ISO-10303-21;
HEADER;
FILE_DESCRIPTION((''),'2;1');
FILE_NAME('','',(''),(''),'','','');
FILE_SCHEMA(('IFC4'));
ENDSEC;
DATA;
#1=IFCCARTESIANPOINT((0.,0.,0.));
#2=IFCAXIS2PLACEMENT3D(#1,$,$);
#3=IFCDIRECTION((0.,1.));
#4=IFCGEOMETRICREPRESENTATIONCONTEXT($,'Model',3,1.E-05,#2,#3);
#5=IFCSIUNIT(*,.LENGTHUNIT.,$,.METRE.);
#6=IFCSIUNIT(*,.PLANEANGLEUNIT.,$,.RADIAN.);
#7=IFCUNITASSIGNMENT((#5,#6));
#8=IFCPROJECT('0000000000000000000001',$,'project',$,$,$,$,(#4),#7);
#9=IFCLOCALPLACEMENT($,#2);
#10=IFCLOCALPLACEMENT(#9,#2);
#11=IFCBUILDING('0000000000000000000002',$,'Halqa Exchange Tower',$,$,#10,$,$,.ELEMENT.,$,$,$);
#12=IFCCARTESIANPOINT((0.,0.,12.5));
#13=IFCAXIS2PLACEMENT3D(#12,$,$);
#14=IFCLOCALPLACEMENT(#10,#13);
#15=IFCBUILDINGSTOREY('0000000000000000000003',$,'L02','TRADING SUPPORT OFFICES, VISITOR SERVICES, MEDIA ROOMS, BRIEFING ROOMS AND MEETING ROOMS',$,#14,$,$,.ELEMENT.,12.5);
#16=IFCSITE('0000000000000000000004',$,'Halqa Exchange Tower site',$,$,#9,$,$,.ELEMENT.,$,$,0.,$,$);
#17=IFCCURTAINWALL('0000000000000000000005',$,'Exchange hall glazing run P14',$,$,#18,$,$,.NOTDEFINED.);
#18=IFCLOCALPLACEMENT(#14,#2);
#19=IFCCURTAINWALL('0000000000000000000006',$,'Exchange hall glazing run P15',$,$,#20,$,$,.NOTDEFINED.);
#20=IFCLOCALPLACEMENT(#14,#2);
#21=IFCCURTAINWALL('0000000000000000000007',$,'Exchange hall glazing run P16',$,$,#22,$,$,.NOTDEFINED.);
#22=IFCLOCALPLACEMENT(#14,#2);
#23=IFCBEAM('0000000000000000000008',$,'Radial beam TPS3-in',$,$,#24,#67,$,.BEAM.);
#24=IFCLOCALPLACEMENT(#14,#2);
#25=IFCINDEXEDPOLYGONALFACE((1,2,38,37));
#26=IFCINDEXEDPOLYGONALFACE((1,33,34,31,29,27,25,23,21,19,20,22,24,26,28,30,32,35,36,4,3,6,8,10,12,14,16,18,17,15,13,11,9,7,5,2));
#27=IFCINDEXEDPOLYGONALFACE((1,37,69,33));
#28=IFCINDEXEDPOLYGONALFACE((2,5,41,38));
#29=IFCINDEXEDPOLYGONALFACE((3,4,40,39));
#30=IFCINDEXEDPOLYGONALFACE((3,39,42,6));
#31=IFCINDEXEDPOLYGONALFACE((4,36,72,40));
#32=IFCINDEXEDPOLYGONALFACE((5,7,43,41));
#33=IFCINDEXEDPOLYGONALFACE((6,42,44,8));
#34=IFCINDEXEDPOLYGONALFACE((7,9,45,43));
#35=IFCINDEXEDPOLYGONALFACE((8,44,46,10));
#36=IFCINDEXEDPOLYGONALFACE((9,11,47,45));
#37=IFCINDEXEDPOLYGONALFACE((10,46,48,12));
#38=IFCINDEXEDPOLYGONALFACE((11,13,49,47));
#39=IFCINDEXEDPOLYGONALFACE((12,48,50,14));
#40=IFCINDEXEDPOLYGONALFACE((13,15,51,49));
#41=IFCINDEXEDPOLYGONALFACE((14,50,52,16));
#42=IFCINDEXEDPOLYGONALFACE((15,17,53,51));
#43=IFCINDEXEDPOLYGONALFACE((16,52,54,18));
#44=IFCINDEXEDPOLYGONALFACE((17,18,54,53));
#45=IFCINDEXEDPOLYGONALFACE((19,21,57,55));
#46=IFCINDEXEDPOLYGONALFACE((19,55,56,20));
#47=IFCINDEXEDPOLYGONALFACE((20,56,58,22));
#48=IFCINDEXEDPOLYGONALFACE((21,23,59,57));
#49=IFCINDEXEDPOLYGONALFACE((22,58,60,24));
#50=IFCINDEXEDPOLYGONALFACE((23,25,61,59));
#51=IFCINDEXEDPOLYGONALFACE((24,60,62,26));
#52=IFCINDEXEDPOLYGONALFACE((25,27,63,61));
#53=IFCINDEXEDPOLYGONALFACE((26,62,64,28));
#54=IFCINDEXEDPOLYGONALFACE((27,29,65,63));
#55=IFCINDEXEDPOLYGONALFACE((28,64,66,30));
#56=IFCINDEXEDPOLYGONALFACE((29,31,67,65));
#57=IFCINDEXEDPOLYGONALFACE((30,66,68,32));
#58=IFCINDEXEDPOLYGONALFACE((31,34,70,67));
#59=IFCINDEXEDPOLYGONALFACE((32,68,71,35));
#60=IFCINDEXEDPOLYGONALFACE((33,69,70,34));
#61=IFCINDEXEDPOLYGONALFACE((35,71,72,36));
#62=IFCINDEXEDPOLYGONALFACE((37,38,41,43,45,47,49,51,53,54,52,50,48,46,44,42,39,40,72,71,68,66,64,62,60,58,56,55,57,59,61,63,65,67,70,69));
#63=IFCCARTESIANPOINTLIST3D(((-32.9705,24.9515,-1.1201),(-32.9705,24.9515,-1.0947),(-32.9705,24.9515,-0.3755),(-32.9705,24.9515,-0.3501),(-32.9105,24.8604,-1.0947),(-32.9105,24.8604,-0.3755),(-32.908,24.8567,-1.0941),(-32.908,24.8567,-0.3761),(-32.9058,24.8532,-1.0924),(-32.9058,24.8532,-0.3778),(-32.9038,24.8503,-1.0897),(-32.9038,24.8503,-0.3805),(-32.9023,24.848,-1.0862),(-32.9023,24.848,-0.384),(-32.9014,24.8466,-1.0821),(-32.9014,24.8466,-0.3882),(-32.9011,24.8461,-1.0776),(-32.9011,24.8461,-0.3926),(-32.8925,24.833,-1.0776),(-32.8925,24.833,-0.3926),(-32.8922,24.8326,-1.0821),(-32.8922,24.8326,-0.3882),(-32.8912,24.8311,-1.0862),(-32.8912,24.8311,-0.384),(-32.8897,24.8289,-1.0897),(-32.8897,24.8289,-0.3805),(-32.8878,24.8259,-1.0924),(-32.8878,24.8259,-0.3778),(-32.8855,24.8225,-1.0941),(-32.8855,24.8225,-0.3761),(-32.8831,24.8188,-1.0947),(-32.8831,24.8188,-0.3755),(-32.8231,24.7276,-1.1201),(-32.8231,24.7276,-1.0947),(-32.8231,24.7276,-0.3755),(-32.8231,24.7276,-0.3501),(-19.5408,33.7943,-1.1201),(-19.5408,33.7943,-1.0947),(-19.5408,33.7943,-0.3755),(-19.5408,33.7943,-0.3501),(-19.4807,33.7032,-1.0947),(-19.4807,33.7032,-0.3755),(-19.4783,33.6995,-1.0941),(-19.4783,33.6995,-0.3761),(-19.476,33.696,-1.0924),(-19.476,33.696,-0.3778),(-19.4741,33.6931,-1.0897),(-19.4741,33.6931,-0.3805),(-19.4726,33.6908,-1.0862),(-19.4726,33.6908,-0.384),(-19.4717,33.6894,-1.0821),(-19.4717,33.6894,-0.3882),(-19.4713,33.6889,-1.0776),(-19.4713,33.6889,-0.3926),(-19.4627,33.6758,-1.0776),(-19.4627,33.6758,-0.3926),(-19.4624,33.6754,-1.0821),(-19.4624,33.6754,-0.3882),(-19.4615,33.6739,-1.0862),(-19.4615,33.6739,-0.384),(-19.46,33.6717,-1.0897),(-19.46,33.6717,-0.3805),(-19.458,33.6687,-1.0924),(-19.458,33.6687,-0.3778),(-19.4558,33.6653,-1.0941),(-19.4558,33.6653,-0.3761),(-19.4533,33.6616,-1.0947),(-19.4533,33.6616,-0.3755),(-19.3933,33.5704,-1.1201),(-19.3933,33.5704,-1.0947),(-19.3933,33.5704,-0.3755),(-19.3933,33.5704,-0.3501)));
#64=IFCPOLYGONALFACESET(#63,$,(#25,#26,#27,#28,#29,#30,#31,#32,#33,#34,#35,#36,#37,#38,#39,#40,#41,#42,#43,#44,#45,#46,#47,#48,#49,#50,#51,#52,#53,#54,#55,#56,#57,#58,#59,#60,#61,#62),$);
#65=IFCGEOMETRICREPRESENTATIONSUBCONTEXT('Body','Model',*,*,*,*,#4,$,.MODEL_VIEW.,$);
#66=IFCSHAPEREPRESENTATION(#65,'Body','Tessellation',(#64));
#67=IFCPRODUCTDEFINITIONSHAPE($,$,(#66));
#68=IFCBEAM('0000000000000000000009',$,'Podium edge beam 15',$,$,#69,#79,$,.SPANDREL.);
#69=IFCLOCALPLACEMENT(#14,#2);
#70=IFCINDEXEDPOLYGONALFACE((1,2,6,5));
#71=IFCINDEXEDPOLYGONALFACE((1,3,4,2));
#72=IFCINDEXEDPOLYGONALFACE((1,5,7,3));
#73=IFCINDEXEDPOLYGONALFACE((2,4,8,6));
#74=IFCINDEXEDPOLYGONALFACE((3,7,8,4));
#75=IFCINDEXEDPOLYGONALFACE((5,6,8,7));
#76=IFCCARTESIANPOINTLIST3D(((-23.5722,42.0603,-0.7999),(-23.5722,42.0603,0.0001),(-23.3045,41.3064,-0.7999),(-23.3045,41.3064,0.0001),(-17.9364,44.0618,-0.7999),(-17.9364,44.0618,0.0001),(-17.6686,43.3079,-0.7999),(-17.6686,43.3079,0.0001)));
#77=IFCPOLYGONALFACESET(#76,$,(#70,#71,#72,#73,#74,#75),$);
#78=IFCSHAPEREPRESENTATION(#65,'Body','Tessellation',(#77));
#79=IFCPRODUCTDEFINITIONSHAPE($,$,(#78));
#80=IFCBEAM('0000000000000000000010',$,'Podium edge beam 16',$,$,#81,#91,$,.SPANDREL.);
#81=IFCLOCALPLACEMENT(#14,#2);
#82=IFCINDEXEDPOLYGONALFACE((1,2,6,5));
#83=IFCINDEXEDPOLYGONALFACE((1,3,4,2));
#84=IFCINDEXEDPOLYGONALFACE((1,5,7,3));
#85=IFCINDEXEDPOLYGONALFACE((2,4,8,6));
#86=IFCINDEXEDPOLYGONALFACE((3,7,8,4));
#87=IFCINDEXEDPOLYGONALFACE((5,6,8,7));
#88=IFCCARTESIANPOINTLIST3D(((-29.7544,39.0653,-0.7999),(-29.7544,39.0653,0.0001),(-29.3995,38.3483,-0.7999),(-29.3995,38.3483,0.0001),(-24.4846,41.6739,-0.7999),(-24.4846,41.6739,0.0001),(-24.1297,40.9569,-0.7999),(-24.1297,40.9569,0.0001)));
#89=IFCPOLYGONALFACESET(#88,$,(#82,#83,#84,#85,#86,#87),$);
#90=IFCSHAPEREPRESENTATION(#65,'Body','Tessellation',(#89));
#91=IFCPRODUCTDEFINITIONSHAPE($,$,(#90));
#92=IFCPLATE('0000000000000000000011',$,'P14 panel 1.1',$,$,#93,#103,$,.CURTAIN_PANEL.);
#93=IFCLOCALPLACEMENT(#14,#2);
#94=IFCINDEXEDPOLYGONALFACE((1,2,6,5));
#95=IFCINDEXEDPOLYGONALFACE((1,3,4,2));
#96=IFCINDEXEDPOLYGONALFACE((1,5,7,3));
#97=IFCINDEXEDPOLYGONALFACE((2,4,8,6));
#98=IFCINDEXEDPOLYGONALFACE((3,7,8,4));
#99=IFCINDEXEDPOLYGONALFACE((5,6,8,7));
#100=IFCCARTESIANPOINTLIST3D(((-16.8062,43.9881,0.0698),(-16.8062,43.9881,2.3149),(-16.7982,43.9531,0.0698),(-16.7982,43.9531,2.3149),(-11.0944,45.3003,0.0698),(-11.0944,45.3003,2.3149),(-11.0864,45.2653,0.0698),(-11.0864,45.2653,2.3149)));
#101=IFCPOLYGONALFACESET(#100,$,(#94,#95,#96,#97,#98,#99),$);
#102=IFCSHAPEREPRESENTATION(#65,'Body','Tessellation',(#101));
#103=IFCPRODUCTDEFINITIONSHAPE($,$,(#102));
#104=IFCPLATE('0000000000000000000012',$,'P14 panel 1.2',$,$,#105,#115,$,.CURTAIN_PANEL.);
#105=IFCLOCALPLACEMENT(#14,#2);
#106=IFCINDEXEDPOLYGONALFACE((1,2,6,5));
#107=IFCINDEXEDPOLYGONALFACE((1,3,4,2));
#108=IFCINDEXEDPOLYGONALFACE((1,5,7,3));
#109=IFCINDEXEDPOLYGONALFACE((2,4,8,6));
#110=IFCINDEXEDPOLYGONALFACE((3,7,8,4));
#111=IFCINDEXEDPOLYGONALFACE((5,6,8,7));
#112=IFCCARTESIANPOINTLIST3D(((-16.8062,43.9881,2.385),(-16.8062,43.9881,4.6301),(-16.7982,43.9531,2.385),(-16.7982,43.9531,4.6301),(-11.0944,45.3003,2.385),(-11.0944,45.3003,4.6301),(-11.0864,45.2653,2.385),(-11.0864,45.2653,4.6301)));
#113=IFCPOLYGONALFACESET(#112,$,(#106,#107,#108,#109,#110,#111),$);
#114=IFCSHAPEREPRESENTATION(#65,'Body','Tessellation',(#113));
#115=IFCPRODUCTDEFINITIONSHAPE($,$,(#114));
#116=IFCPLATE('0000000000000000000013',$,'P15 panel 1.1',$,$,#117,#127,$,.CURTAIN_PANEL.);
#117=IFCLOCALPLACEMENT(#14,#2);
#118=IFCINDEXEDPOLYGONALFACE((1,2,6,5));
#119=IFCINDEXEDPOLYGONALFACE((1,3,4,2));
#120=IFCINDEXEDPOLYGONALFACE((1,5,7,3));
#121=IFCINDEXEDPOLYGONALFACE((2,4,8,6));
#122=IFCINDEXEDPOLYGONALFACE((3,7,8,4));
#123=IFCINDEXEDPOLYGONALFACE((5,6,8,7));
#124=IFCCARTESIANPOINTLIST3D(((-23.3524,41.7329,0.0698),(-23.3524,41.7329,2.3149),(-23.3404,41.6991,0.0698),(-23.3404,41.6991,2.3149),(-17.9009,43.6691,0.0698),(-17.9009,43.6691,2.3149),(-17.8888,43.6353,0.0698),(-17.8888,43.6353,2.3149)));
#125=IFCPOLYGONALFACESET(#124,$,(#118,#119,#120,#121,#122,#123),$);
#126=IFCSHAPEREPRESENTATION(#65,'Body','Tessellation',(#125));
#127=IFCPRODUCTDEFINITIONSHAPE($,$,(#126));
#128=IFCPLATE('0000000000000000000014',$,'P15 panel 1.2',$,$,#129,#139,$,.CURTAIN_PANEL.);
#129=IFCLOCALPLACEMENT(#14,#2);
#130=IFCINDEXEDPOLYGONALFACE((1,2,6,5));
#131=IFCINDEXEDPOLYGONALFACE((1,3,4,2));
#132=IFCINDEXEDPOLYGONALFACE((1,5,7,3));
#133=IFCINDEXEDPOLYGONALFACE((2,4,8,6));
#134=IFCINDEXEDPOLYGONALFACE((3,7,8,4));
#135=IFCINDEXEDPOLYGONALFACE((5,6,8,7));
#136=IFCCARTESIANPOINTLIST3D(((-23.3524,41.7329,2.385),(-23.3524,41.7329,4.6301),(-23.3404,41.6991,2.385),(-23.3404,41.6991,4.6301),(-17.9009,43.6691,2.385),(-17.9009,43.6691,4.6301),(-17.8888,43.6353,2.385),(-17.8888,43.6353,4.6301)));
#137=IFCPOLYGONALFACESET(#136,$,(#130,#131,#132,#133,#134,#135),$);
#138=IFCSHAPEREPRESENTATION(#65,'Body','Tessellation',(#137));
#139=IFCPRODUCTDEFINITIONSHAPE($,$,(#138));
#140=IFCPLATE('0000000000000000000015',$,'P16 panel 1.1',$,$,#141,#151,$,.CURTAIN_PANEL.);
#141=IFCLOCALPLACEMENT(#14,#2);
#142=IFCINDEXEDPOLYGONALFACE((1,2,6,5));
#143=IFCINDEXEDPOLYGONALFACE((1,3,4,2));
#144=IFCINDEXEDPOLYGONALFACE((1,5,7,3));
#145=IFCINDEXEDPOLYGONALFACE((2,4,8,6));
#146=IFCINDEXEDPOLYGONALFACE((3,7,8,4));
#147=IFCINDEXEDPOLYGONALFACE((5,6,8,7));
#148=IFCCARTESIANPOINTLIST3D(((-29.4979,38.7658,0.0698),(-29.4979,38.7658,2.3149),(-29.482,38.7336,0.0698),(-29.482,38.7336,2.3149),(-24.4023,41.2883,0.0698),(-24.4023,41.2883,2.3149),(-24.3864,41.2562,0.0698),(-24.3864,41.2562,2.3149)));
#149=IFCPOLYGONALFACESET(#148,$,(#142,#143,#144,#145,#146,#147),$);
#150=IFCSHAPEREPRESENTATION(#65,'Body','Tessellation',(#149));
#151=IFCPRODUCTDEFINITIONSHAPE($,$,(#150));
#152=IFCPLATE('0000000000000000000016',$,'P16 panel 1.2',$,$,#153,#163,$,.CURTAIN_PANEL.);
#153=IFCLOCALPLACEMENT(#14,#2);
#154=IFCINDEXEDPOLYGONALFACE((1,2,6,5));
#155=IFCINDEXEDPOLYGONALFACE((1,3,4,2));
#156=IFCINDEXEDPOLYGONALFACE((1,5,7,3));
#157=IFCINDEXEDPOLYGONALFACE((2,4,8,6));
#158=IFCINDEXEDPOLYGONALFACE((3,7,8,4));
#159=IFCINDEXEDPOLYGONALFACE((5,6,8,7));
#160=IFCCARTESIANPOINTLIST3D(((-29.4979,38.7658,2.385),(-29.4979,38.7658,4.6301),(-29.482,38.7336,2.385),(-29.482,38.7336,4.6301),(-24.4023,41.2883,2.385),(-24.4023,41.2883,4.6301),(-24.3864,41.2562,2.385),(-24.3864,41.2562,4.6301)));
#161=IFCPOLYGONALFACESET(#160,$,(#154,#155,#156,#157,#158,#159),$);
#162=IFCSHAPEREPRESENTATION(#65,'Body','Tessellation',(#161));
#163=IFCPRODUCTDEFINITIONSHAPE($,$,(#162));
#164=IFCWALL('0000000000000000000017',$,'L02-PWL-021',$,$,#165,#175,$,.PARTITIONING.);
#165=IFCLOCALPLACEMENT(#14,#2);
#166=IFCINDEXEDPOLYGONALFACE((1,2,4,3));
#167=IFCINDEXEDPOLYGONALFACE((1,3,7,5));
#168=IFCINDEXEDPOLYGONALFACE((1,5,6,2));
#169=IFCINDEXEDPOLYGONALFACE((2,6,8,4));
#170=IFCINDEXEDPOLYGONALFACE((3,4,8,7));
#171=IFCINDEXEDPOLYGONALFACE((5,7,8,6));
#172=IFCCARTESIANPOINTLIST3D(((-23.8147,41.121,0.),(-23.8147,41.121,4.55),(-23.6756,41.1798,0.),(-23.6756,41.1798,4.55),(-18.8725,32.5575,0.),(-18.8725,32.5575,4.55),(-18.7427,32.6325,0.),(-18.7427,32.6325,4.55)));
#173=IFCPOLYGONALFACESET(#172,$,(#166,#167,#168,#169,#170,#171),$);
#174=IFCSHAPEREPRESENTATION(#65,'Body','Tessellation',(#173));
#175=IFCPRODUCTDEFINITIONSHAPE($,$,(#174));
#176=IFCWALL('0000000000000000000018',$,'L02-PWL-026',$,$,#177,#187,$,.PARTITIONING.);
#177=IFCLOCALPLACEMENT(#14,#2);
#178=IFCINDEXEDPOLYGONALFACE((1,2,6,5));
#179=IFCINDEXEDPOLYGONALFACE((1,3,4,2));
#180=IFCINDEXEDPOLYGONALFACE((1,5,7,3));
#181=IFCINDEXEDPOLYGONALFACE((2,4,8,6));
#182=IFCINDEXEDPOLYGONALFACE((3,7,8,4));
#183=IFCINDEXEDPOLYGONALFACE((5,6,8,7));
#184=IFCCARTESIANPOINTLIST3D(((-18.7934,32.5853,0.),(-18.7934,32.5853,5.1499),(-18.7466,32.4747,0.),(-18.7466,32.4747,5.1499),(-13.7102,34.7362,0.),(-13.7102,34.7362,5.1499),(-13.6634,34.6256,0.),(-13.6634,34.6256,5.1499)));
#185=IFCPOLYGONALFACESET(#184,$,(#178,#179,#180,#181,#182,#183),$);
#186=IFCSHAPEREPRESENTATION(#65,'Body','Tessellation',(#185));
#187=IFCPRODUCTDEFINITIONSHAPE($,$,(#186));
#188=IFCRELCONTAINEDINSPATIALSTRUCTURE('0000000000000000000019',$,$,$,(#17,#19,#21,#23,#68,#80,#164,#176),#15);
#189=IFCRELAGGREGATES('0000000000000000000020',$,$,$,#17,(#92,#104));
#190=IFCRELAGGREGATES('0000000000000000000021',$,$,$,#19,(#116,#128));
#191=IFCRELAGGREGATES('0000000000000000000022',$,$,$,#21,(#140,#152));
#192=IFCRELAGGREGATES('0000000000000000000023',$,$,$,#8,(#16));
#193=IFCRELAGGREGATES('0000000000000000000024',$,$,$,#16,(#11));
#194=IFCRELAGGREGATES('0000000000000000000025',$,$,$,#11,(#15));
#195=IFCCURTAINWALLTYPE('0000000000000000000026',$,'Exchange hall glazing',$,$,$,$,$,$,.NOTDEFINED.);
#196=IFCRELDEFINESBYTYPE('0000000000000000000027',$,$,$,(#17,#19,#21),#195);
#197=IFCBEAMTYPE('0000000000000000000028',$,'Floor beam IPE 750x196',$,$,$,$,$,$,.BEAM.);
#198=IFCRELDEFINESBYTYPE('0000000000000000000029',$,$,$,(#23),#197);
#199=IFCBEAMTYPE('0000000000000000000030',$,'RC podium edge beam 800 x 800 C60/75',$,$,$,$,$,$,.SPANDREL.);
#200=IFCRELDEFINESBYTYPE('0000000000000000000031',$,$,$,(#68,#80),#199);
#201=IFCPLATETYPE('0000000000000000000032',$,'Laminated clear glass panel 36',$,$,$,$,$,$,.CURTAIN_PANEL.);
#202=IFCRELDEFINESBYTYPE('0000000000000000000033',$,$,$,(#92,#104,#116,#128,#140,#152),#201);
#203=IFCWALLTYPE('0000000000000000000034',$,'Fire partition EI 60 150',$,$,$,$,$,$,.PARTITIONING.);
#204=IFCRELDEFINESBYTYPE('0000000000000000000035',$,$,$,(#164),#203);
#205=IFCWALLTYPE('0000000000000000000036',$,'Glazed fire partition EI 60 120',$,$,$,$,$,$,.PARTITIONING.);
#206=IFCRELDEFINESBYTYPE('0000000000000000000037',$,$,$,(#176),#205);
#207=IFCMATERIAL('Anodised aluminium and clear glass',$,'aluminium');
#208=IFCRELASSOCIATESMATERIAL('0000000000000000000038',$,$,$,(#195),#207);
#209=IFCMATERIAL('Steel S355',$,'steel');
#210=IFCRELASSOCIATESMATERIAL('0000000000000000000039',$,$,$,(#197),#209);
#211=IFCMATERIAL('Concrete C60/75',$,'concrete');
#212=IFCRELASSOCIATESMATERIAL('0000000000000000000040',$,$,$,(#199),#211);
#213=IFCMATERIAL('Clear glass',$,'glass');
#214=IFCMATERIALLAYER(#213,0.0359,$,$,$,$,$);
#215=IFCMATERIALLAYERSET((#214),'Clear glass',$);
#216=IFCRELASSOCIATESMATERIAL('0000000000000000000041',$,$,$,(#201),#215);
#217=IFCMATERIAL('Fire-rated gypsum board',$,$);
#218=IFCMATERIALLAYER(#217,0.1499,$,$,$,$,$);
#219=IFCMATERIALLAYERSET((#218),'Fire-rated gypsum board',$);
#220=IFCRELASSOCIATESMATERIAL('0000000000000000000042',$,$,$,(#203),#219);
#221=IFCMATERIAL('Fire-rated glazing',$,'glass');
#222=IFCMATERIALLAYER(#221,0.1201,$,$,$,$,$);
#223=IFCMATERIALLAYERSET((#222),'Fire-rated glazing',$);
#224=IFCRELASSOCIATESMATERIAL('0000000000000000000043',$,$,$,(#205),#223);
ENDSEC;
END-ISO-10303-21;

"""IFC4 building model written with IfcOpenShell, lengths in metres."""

from ifc_helpers import new_model, si_unit, direction, frame, frame_2d, origin, origin_2d, place, context, subcontext, project, spatial, polyline, rectangle, i_section, outline, extrude, material, layer, layer_set, material_profile, profile_set, type_object, element, aggregate, save


model = new_model("IFC4")

# Units and contexts
model_context = context("Model", 3, precision=1e-05, world=origin(), true_north=direction((0.0, 1.0)))
body_context = subcontext(model_context, "Body", "Model", "MODEL_VIEW")
ifc_project = project(units=[si_unit("LENGTHUNIT", "METRE"), si_unit("PLANEANGLEUNIT", "RADIAN")], contexts=[model_context])

# Site, building, storey
site_placement = place(None, origin())
site = spatial("IfcSite", under=ifc_project, at=site_placement, Name="Halqa Exchange Tower site", CompositionType="ELEMENT", RefElevation=0.0)
building_placement = place(site_placement, origin())
building = spatial("IfcBuilding", under=site, at=building_placement, Name="Halqa Exchange Tower", CompositionType="ELEMENT")
storey_placement = place(building_placement, frame((0.0, 0.0, 12.5)))
storey = spatial("IfcBuildingStorey", under=building, at=storey_placement, Name="L02", Description="TRADING SUPPORT OFFICES, VISITOR SERVICES, MEDIA ROOMS, BRIEFING ROOMS AND MEETING ROOMS", CompositionType="ELEMENT", Elevation=12.5)

# Shared definitions
ifc_material_1 = material(Name="Concrete C60/75", Category="concrete")

# Curtain wall
ifc_material_2 = material(Name="Anodised aluminium and clear glass", Category="aluminium")
curtain_wall_type = type_object("IfcCurtainWallType", Name="Exchange hall glazing", PredefinedType="NOTDEFINED", material=ifc_material_2)
curtain_wall_1_placement = place(storey_placement, origin())
curtain_wall_1 = element("IfcCurtainWall", 1, at=curtain_wall_1_placement, inside=storey, type_object=curtain_wall_type, Name="Exchange hall glazing run P14", PredefinedType="NOTDEFINED")

# Curtain wall
curtain_wall_2_placement = place(storey_placement, origin())
curtain_wall_2 = element("IfcCurtainWall", 2, at=curtain_wall_2_placement, inside=storey, type_object=curtain_wall_type, Name="Exchange hall glazing run P15", PredefinedType="NOTDEFINED")

# Curtain wall
curtain_wall_3_placement = place(storey_placement, origin())
curtain_wall_3 = element("IfcCurtainWall", 3, at=curtain_wall_3_placement, inside=storey, type_object=curtain_wall_type, Name="Exchange hall glazing run P16", PredefinedType="NOTDEFINED")

# Beams
ifc_material_3 = material(Name="Steel S355", Category="steel")
ifc_material_profile_1 = material_profile(ifc_material_3, i_section(OverallWidth=0.2681, OverallDepth=0.77, WebThickness=0.0156, FlangeThickness=0.0254, FilletRadius=0.0171, at=origin_2d()), Name="IPE 750x196")
ifc_profile_set_1 = profile_set([ifc_material_profile_1], Name="Steel S355")
beam_type_1 = type_object("IfcBeamType", Name="Floor beam IPE 750x196", PredefinedType="BEAM", material=ifc_profile_set_1)
beam_1_placement = place(storey_placement, frame((-19.467, 33.6824, -0.7351), z_axis=(-0.835204, -0.54994, 0.0), x_axis=(0.54994, -0.835204, 0.0)))
element("IfcBeam", 4, at=beam_1_placement, inside=storey, type_object=beam_type_1, Name="Radial beam TPS3-in", PredefinedType="BEAM", context=body_context, shape_type="SweptSolid", body=[
    extrude(i_section(OverallWidth=0.2681, OverallDepth=0.77, WebThickness=0.0156, FlangeThickness=0.0254, FilletRadius=0.0171, at=origin_2d()), origin(), (0.0, 0.0, 1.0), 16.0796),
])
ifc_material_profile_2 = material_profile(ifc_material_1, rectangle(XDim=0.8, YDim=0.8, at=origin_2d()), Name="800 x 800")
ifc_profile_set_2 = profile_set([ifc_material_profile_2], Name="Concrete C60/75")
beam_type_2 = type_object("IfcBeamType", Name="RC podium edge beam 800 x 800 C60/75", PredefinedType="SPANDREL", material=ifc_profile_set_2)
beam_2_placement = place(storey_placement, frame((-17.8025, 43.6848, -0.3999), z_axis=(-0.942343, -0.334647, 0.0), x_axis=(0.334647, -0.942343, 0.0)))
element("IfcBeam", 5, at=beam_2_placement, inside=storey, type_object=beam_type_2, Name="Podium edge beam 15", PredefinedType="SPANDREL", context=body_context, shape_type="SweptSolid", body=[
    extrude(rectangle(XDim=0.8, YDim=0.8, at=origin_2d()), origin(), (0.0, 0.0, 1.0), 5.9807),
])
beam_3_placement = place(storey_placement, frame((-24.3071, 41.3154, -0.3999), z_axis=(-0.896205, -0.443639, 0.0), x_axis=(0.443639, -0.896205, 0.0)))
element("IfcBeam", 6, at=beam_3_placement, inside=storey, type_object=beam_type_2, Name="Podium edge beam 16", PredefinedType="SPANDREL", context=body_context, shape_type="SweptSolid", body=[
    extrude(rectangle(XDim=0.8, YDim=0.8, at=origin_2d()), origin(), (0.0, 0.0, 1.0), 5.8801),
])

# Plates
ifc_material_4 = material(Name="Clear glass", Category="glass")
ifc_layer_1 = layer(ifc_material_4, 0.0359)
ifc_layer_set_1 = layer_set([ifc_layer_1], Name="Clear glass")
plate_type = type_object("IfcPlateType", Name="Laminated clear glass panel 36", PredefinedType="CURTAIN_PANEL", material=ifc_layer_set_1)
plate_1_placement = place(storey_placement, frame((-13.9463, 44.6267, 0.0698), z_axis=(0.0, 0.0, 1.0), x_axis=(-0.974613, -0.223897, 0.0)))
plate_1 = element("IfcPlate", 7, at=plate_1_placement, type_object=plate_type, Name="P14 panel 1.1", PredefinedType="CURTAIN_PANEL", context=body_context, shape_type="SweptSolid", body=[
    extrude(rectangle(XDim=5.8606, YDim=0.0359, at=origin_2d()), origin(), (0.0, 0.0, 1.0), 2.2451),
])
plate_2_placement = place(storey_placement, frame((-13.9463, 44.6267, 2.385), z_axis=(0.0, 0.0, 1.0), x_axis=(-0.974613, -0.223897, 0.0)))
plate_2 = element("IfcPlate", 8, at=plate_2_placement, type_object=plate_type, Name="P14 panel 1.2", PredefinedType="CURTAIN_PANEL", context=body_context, shape_type="SweptSolid", body=[
    extrude(rectangle(XDim=5.8606, YDim=0.0359, at=origin_2d()), origin(), (0.0, 0.0, 1.0), 2.2451),
])
aggregate(curtain_wall_1, [plate_1, plate_2])
plate_3_placement = place(storey_placement, frame((-20.6206, 42.6841, 0.0698), z_axis=(0.0, 0.0, 1.0), x_axis=(-0.942329, -0.334688, 0.0)))
plate_3 = element("IfcPlate", 9, at=plate_3_placement, type_object=plate_type, Name="P15 panel 1.1", PredefinedType="CURTAIN_PANEL", context=body_context, shape_type="SweptSolid", body=[
    extrude(rectangle(XDim=5.7852, YDim=0.0359, at=origin_2d()), origin(), (0.0, 0.0, 1.0), 2.2451),
])
plate_4_placement = place(storey_placement, frame((-20.6206, 42.6841, 2.385), z_axis=(0.0, 0.0, 1.0), x_axis=(-0.942329, -0.334688, 0.0)))
plate_4 = element("IfcPlate", 10, at=plate_4_placement, type_object=plate_type, Name="P15 panel 1.2", PredefinedType="CURTAIN_PANEL", context=body_context, shape_type="SweptSolid", body=[
    extrude(rectangle(XDim=5.7852, YDim=0.0359, at=origin_2d()), origin(), (0.0, 0.0, 1.0), 2.2451),
])
aggregate(curtain_wall_2, [plate_3, plate_4])
plate_5_placement = place(storey_placement, frame((-26.9421, 40.011, 0.0698), z_axis=(0.0, 0.0, 1.0), x_axis=(-0.896198, -0.443653, 0.0)))
plate_5 = element("IfcPlate", 11, at=plate_5_placement, type_object=plate_type, Name="P16 panel 1.1", PredefinedType="CURTAIN_PANEL", context=body_context, shape_type="SweptSolid", body=[
    extrude(rectangle(XDim=5.6858, YDim=0.0359, at=origin_2d()), origin(), (0.0, 0.0, 1.0), 2.2451),
])
plate_6_placement = place(storey_placement, frame((-26.9421, 40.011, 2.385), z_axis=(0.0, 0.0, 1.0), x_axis=(-0.896198, -0.443653, 0.0)))
plate_6 = element("IfcPlate", 12, at=plate_6_placement, type_object=plate_type, Name="P16 panel 1.2", PredefinedType="CURTAIN_PANEL", context=body_context, shape_type="SweptSolid", body=[
    extrude(rectangle(XDim=5.6858, YDim=0.0359, at=origin_2d()), origin(), (0.0, 0.0, 1.0), 2.2451),
])
aggregate(curtain_wall_3, [plate_5, plate_6])

# Walls
ifc_material_5 = material(Name="Fire-rated gypsum board")
ifc_layer_2 = layer(ifc_material_5, 0.1499)
ifc_layer_set_2 = layer_set([ifc_layer_2], Name="Fire-rated gypsum board")
wall_type_1 = type_object("IfcWallType", Name="Fire partition EI 60 150", PredefinedType="PARTITIONING", material=ifc_layer_set_2)
wall_1_placement = place(storey_placement, frame((-23.7451, 41.1504, 0.0), z_axis=(0.0, 0.0, 1.0), x_axis=(0.49985, -0.866112, 0.0)))
element("IfcWall", 13, at=wall_1_placement, inside=storey, type_object=wall_type_1, Name="L02-PWL-021", PredefinedType="PARTITIONING", context=body_context, shape_type="SweptSolid", body=[
    extrude(outline(polyline([(-0.0093, -0.075), (9.8779, -0.075), (9.8779, 0.075), (0.0093, 0.075), (-0.0093, -0.075)])), origin(), (0.0, 0.0, 1.0), 4.55),
])
ifc_material_6 = material(Name="Fire-rated glazing", Category="glass")
ifc_layer_3 = layer(ifc_material_6, 0.1201)
ifc_layer_set_3 = layer_set([ifc_layer_3], Name="Fire-rated glazing")
wall_type_2 = type_object("IfcWallType", Name="Glazed fire partition EI 60 120", PredefinedType="PARTITIONING", material=ifc_layer_set_3)
wall_2_placement = place(storey_placement, frame((-18.77, 32.53, 0.0), z_axis=(0.0, 0.0, 1.0), x_axis=(0.92095, 0.389682, 0.0)))
element("IfcWall", 14, at=wall_2_placement, inside=storey, type_object=wall_type_2, Name="L02-PWL-026", PredefinedType="PARTITIONING", context=body_context, shape_type="SweptSolid", body=[
    extrude(rectangle(XDim=5.5195, YDim=0.1201, at=frame_2d((2.7598, 0.0))), origin(), (0.0, 0.0, 1.0), 5.1499),
])

save(model, "model.ifc")
